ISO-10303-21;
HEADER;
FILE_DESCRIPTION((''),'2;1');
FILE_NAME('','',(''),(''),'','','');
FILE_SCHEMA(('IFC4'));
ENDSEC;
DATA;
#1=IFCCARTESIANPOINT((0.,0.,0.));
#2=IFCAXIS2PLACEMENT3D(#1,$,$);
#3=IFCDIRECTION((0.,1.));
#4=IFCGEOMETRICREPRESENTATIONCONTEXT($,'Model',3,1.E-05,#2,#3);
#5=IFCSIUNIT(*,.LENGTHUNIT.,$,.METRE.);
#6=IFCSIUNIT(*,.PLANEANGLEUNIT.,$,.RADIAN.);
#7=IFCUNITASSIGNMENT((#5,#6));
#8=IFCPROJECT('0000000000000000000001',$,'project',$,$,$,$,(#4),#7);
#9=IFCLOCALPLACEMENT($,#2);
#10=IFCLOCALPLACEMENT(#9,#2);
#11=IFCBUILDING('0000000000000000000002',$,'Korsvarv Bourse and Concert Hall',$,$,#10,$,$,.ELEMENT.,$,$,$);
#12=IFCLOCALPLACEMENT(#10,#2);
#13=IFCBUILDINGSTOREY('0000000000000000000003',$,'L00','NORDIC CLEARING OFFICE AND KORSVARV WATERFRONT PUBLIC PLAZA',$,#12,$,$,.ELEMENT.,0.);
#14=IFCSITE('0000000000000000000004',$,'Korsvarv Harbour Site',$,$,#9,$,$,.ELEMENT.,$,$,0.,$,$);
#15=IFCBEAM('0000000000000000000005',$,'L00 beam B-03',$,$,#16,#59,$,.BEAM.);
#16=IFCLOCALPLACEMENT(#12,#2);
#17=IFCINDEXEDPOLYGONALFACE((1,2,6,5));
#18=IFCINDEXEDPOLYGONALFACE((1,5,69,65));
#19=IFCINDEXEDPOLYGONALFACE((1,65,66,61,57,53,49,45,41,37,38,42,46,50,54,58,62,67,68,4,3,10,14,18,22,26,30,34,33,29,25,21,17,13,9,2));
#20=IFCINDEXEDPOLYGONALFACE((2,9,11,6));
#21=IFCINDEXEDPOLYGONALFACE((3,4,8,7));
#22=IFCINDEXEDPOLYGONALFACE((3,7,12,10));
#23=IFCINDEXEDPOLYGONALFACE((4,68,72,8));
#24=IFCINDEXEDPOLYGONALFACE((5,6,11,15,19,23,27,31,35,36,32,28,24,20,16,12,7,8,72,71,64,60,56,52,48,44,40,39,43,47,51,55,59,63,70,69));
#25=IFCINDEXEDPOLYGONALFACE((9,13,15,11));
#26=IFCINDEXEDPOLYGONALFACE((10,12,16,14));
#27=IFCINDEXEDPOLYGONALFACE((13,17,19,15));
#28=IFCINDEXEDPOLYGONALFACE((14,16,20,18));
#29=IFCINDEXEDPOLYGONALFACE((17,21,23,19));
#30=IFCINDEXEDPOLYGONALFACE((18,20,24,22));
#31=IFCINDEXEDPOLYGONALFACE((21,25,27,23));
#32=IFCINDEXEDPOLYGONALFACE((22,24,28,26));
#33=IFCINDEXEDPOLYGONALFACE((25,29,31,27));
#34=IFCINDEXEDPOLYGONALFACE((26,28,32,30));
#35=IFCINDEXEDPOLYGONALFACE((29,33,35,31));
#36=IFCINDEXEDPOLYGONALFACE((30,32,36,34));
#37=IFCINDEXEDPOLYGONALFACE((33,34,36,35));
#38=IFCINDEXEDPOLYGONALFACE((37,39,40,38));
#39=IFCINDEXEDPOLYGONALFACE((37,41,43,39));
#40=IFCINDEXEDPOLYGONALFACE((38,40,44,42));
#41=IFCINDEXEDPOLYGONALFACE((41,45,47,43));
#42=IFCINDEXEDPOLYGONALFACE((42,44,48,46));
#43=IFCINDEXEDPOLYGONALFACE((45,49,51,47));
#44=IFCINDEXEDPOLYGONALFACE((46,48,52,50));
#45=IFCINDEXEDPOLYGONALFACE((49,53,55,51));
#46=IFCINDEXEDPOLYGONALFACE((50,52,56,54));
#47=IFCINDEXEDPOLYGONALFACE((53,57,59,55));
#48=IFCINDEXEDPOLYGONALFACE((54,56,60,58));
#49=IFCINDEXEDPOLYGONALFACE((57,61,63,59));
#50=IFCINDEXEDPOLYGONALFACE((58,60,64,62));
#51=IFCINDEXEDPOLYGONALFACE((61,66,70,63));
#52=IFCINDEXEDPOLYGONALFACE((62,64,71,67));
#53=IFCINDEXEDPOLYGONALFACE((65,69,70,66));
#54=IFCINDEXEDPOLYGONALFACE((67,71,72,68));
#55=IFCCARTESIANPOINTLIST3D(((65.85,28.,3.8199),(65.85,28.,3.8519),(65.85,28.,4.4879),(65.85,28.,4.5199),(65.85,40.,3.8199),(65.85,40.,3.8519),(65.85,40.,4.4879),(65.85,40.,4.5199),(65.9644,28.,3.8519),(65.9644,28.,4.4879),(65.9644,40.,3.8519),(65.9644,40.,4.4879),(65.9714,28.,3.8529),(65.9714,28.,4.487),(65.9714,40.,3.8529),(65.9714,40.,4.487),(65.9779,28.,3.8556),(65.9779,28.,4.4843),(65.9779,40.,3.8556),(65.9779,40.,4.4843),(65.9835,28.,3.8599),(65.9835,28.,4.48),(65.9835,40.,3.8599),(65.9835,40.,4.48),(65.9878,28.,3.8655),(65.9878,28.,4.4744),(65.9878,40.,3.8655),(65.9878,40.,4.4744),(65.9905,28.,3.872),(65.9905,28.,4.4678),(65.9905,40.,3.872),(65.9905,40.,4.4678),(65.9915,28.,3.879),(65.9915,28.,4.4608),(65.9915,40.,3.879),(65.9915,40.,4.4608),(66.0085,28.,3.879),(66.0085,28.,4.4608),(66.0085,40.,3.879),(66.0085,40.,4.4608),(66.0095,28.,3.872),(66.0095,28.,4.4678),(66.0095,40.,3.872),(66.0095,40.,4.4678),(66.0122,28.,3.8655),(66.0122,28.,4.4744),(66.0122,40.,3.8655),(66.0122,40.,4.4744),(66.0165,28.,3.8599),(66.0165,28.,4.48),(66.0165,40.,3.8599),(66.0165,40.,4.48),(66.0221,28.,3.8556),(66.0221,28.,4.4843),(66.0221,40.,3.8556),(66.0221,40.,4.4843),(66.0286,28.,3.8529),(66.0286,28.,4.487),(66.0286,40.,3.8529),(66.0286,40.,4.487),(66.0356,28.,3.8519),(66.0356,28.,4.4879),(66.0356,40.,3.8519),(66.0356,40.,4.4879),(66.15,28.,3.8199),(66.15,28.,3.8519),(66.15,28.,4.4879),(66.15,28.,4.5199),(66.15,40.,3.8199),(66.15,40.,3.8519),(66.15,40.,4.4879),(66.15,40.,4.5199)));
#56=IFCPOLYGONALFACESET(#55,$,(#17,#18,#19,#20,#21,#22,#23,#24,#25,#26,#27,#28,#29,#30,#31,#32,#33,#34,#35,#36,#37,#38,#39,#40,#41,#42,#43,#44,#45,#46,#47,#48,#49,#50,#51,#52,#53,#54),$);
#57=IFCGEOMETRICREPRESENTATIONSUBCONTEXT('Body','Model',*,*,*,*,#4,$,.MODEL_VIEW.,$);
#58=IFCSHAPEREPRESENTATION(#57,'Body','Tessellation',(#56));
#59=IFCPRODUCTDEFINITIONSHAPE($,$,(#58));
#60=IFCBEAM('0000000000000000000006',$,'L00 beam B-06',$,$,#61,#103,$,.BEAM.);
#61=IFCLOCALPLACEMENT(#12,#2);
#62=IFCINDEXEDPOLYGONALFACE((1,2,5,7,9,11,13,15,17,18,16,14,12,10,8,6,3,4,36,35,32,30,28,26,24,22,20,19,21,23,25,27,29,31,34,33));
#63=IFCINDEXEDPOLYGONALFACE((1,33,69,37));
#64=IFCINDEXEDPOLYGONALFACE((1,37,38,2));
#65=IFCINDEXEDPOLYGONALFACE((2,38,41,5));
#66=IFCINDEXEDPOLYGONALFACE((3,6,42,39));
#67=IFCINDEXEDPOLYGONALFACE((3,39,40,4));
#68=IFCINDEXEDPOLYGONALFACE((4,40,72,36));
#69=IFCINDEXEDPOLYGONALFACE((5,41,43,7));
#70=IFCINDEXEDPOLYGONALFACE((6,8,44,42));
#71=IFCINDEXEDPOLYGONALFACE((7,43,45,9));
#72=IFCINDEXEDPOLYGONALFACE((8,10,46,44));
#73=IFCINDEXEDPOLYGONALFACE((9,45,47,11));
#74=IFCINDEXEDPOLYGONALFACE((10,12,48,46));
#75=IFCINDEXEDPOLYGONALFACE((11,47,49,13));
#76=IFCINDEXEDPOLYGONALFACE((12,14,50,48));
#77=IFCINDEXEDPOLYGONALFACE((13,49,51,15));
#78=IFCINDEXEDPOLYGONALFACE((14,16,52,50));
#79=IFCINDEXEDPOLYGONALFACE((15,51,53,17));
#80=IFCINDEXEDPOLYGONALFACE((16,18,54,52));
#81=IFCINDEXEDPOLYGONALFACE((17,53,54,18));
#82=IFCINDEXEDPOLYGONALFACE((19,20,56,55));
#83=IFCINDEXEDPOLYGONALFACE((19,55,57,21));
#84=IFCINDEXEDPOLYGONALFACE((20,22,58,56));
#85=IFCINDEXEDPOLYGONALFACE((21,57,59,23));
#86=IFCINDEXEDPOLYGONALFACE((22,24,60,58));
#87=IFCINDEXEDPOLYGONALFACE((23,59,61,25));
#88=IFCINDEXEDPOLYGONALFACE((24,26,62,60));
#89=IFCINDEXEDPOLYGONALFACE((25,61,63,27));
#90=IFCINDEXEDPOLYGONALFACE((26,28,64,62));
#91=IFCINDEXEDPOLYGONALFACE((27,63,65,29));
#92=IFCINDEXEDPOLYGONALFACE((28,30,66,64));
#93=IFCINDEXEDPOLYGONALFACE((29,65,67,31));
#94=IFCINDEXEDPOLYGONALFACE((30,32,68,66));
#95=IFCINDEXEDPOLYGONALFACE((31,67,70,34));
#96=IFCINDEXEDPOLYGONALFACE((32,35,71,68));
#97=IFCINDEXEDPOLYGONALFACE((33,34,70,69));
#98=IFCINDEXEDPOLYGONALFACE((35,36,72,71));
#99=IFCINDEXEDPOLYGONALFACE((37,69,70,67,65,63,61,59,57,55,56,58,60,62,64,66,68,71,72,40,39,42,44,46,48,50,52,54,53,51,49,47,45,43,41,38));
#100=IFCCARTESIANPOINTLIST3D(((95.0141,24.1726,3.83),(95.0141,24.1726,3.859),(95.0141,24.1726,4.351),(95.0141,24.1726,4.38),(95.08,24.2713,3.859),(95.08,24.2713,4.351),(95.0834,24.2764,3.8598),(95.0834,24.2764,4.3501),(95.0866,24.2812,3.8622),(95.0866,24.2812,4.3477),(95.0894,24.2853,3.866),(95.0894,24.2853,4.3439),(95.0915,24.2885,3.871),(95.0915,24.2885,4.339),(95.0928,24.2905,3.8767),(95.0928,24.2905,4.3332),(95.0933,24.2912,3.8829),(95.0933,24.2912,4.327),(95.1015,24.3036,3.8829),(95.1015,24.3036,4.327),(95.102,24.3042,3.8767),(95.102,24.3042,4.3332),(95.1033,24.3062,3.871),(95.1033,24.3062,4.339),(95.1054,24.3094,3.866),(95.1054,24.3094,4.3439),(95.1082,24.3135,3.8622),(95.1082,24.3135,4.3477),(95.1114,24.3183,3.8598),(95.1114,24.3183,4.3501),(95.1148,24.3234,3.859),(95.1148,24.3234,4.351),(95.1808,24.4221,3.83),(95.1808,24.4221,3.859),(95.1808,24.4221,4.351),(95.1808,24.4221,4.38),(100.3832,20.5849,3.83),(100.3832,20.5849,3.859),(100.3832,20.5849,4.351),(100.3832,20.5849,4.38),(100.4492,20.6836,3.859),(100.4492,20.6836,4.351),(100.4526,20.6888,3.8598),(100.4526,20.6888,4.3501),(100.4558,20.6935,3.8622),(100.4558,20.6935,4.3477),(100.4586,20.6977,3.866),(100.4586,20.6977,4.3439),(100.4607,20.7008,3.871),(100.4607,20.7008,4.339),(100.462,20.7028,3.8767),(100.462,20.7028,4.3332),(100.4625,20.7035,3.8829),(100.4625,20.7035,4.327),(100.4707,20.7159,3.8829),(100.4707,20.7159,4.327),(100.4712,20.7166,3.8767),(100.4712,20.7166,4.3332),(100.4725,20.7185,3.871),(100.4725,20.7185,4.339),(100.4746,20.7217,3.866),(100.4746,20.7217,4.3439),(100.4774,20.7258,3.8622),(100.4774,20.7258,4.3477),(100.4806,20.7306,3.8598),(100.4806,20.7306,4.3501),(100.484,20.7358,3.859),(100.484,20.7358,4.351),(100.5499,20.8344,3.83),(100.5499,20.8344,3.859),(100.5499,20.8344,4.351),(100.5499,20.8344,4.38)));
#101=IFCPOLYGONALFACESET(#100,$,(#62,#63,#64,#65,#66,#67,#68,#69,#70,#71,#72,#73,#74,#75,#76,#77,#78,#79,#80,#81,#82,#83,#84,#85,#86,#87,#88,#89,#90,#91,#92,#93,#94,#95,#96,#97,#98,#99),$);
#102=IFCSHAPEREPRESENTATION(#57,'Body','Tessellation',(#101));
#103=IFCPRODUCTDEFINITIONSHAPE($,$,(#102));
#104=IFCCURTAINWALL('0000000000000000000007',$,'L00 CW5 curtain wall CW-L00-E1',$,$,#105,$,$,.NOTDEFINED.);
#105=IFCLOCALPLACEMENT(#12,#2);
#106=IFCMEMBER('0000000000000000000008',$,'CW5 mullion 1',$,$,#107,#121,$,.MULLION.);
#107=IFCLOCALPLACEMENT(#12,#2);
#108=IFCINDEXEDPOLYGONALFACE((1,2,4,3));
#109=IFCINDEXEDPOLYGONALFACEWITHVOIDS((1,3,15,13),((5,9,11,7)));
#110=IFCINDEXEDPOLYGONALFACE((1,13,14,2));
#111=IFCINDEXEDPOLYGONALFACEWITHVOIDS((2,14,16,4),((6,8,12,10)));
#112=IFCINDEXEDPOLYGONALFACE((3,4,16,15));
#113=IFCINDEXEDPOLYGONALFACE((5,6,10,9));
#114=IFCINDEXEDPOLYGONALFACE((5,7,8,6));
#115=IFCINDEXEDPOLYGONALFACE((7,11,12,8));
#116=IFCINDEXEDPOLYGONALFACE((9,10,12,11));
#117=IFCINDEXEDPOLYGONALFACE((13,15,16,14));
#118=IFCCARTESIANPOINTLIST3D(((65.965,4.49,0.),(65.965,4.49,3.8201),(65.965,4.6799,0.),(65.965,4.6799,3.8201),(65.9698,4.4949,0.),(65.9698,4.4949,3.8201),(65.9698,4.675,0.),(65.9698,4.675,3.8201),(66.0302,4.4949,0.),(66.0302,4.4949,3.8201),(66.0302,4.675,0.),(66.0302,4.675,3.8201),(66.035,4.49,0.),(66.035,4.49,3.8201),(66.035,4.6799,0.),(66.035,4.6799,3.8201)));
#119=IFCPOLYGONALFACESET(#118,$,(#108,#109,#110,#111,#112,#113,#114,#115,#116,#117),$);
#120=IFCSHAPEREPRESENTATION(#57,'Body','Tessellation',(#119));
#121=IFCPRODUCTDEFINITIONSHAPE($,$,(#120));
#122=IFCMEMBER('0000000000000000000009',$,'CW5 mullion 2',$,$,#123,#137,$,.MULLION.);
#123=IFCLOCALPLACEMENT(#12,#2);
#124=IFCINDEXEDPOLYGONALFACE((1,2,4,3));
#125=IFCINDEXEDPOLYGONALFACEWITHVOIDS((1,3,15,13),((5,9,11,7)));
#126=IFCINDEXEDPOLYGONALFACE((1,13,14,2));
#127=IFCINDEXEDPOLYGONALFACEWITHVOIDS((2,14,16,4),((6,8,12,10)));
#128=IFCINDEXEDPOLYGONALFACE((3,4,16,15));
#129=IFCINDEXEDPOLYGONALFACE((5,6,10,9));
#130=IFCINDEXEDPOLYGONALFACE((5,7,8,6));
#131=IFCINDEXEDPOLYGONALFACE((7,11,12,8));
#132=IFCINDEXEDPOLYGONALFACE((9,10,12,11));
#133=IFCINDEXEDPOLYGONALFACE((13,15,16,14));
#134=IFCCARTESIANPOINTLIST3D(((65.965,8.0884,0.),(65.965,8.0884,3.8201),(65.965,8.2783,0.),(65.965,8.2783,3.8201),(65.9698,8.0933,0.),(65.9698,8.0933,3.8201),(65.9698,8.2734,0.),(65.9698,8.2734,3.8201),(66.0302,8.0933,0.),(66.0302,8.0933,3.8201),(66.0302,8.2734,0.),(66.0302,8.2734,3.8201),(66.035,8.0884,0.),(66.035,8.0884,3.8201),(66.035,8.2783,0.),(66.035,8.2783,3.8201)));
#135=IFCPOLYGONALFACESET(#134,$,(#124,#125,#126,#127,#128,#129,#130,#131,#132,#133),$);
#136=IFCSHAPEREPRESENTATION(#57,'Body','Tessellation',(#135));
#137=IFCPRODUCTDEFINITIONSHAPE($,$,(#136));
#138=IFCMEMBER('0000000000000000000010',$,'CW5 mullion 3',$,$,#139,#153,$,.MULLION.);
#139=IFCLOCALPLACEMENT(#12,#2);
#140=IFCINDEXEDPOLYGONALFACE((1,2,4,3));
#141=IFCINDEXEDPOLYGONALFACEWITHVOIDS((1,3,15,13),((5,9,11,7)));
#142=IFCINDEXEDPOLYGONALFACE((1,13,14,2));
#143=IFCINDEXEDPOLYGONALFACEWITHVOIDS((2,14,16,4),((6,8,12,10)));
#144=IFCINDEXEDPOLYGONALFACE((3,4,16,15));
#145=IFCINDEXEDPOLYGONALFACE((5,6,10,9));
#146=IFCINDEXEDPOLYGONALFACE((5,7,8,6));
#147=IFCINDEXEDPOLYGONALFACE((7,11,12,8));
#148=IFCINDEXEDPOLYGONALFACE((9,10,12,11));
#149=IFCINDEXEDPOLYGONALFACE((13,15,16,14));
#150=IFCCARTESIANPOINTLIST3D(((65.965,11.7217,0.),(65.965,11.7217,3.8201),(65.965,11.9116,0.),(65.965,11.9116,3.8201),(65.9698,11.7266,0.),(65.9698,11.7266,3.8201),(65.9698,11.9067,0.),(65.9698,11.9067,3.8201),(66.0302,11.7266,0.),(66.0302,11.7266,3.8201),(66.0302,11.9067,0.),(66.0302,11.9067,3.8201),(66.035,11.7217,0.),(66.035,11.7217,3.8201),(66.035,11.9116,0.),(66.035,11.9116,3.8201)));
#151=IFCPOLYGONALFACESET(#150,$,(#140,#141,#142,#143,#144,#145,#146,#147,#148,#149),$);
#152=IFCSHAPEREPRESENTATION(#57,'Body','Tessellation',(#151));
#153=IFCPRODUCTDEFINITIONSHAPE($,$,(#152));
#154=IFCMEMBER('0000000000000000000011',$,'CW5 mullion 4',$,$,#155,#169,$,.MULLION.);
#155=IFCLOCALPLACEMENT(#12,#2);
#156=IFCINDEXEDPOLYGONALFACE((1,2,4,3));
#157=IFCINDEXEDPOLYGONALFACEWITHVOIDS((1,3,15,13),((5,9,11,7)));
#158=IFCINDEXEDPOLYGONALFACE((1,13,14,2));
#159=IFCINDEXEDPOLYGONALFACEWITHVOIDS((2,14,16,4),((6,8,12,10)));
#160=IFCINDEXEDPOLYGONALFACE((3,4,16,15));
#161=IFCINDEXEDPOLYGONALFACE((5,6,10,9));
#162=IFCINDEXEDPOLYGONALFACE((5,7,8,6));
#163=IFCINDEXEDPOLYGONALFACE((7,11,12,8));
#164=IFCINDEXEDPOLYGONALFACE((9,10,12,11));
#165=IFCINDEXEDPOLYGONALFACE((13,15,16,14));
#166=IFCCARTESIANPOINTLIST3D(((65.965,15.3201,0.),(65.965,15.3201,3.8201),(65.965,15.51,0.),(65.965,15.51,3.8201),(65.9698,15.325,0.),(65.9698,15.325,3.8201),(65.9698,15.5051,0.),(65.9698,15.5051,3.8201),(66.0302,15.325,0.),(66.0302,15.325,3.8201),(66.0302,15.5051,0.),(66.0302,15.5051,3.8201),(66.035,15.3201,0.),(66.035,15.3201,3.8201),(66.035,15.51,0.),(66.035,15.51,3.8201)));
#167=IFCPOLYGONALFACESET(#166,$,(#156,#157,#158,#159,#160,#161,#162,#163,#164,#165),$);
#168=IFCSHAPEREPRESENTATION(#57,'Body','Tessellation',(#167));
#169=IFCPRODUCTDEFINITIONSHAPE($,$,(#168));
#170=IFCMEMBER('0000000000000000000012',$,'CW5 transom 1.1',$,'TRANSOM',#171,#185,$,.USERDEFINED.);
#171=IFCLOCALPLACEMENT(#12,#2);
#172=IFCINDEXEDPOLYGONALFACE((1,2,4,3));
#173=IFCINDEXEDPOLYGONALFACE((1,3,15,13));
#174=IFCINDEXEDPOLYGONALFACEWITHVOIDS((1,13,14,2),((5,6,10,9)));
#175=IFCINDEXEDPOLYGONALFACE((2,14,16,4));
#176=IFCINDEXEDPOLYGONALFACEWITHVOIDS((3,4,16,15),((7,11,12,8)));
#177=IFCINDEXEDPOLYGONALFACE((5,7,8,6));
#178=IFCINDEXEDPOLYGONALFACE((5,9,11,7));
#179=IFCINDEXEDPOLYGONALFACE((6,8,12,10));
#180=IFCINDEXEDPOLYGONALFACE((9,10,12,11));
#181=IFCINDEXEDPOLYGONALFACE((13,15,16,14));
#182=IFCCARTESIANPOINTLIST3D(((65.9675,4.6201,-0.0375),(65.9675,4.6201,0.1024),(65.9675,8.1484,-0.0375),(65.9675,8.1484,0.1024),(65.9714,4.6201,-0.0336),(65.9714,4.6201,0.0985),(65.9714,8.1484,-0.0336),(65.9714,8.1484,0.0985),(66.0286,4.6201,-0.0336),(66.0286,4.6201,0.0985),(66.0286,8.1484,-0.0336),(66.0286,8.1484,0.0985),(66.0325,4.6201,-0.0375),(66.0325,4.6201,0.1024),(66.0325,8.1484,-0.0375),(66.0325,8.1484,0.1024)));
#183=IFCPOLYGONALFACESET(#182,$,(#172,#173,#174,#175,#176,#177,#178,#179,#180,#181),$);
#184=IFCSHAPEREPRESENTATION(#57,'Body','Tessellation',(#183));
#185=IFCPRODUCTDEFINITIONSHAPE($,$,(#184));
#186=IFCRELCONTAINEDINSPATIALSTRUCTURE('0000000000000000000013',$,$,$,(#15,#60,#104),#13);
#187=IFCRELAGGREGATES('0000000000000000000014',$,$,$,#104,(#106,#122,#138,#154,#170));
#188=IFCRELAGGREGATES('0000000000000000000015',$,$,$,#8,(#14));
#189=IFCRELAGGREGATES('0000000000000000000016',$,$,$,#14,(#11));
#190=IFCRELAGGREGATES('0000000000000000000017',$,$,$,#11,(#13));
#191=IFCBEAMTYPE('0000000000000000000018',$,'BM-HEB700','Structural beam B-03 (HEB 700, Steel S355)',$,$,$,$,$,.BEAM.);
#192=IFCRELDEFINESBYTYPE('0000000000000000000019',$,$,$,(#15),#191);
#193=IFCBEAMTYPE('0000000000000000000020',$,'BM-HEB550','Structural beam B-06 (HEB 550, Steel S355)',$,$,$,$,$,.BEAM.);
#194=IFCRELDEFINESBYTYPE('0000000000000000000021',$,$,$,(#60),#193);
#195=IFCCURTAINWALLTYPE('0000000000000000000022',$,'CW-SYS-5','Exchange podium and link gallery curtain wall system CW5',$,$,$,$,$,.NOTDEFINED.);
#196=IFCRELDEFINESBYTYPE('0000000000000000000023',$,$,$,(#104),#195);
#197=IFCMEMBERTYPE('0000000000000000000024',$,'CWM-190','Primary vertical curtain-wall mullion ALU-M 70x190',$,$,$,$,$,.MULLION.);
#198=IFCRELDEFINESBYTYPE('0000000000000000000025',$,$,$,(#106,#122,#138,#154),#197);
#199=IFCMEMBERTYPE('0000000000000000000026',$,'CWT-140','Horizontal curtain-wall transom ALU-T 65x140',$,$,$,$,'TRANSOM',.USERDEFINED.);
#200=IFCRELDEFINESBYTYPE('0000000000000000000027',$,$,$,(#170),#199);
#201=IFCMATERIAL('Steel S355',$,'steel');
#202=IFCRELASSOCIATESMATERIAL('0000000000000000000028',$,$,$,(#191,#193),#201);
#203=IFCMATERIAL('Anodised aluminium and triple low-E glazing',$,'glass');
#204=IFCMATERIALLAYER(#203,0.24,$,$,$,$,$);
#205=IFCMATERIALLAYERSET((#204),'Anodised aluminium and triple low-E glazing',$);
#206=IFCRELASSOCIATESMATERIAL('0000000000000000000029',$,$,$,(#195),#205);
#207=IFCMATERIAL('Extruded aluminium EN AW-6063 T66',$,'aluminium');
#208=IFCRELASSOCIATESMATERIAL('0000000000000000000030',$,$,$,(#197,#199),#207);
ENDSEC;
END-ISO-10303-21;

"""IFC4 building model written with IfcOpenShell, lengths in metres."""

from ifc_helpers import new_model, si_unit, direction, frame, origin, origin_2d, place, context, subcontext, project, spatial, hollow_rectangle, i_section, extrude, source, transform, mapped, material, layer, layer_set, material_profile, profile_set, type_object, element, aggregate, save


model = new_model("IFC4")

# Units and contexts
model_context = context("Model", 3, precision=1e-05, world=origin(), true_north=direction((0.0, 1.0)))
body_context = subcontext(model_context, "Body", "Model", "MODEL_VIEW")
ifc_project = project(units=[si_unit("LENGTHUNIT", "METRE"), si_unit("PLANEANGLEUNIT", "RADIAN")], contexts=[model_context])

# Site, building, storey
site_placement = place(None, origin())
site = spatial("IfcSite", under=ifc_project, at=site_placement, Name="Korsvarv Harbour Site", CompositionType="ELEMENT", RefElevation=0.0)
building_placement = place(site_placement, origin())
building = spatial("IfcBuilding", under=site, at=building_placement, Name="Korsvarv Bourse and Concert Hall", CompositionType="ELEMENT")
storey_placement = place(building_placement, origin())
storey = spatial("IfcBuildingStorey", under=building, at=storey_placement, Name="L00", Description="NORDIC CLEARING OFFICE AND KORSVARV WATERFRONT PUBLIC PLAZA", CompositionType="ELEMENT", Elevation=0.0)

# Beams
ifc_material_1 = material(Name="Steel S355", Category="steel")
ifc_material_profile_1 = material_profile(ifc_material_1, i_section(OverallWidth=0.3, OverallDepth=0.7, WebThickness=0.0171, FlangeThickness=0.032, FilletRadius=0.0271, at=origin_2d()), Name="HEB 700")
ifc_profile_set_1 = profile_set([ifc_material_profile_1], Name="Steel S355")
beam_type_1 = type_object("IfcBeamType", Name="BM-HEB700", Description="Structural beam B-03 (HEB 700, Steel S355)", PredefinedType="BEAM", material=ifc_profile_set_1)
shared_shape_1 = source(origin(), body_context, "Body", "SweptSolid", [
    extrude(i_section(OverallWidth=0.3, OverallDepth=0.7, WebThickness=0.0171, FlangeThickness=0.032, FilletRadius=0.0271, at=origin_2d()), origin(), (0.0, 0.0, 1.0), 12.0),
])
for number, where, z_axis, x_axis, name in (
    (1, (66.0, 28.0, 4.1699), (0.0, 1.0, 0.0), (-1.0, 0.0, 0.0), "L00 beam B-03"),
):
    element("IfcBeam", number, at=place(storey_placement, frame(where, z_axis=z_axis, x_axis=x_axis)), inside=storey, type_object=beam_type_1, Name=name, PredefinedType="BEAM", context=body_context, shape_type="MappedRepresentation", body=[
        mapped(shared_shape_1, transform((0.0, 0.0, 0.0), scale=1.0)),
    ])
ifc_material_profile_2 = material_profile(ifc_material_1, i_section(OverallWidth=0.3, OverallDepth=0.55, WebThickness=0.0149, FlangeThickness=0.0291, FilletRadius=0.0239, at=origin_2d()), Name="HEB 550")
ifc_profile_set_2 = profile_set([ifc_material_profile_2], Name="Steel S355")
beam_type_2 = type_object("IfcBeamType", Name="BM-HEB550", Description="Structural beam B-06 (HEB 550, Steel S355)", PredefinedType="BEAM", material=ifc_profile_set_2)
shared_shape_2 = source(origin(), body_context, "Body", "SweptSolid", [
    extrude(i_section(OverallWidth=0.3, OverallDepth=0.55, WebThickness=0.0149, FlangeThickness=0.0291, FilletRadius=0.0239, at=origin_2d()), origin(), (0.0, 0.0, 1.0), 6.4575),
])
beam_placement = place(storey_placement, frame((95.0974, 24.2974, 4.105), z_axis=(0.831462, -0.555581, 0.0), x_axis=(0.555581, 0.831462, 0.0)))
element("IfcBeam", 2, at=beam_placement, inside=storey, type_object=beam_type_2, Name="L00 beam B-06", PredefinedType="BEAM", context=body_context, shape_type="MappedRepresentation", body=[
    mapped(shared_shape_2, transform((0.0, 0.0, 0.0), scale=1.0)),
])

# Curtain wall, members
ifc_material_2 = material(Name="Anodised aluminium and triple low-E glazing", Category="glass")
ifc_layer_1 = layer(ifc_material_2, 0.24)
ifc_layer_set_1 = layer_set([ifc_layer_1], Name="Anodised aluminium and triple low-E glazing")
curtain_wall_type_1 = type_object("IfcCurtainWallType", Name="CW-SYS-5", Description="Exchange podium and link gallery curtain wall system CW5", PredefinedType="NOTDEFINED", material=ifc_layer_set_1)
curtain_wall_1_placement = place(storey_placement, origin())
curtain_wall_1 = element("IfcCurtainWall", 3, at=curtain_wall_1_placement, inside=storey, type_object=curtain_wall_type_1, Name="L00 CW5 curtain wall CW-L00-E1", PredefinedType="NOTDEFINED")
ifc_material_3 = material(Name="Extruded aluminium EN AW-6063 T66", Category="aluminium")
ifc_material_profile_3 = material_profile(ifc_material_3, hollow_rectangle(XDim=0.0701, YDim=0.1899, WallThickness=0.0049, at=origin_2d()), Name="ALU-M 70x190")
ifc_profile_set_3 = profile_set([ifc_material_profile_3], Name="Extruded aluminium EN AW-6063 T66")
member_type_1 = type_object("IfcMemberType", Name="CWM-190", Description="Primary vertical curtain-wall mullion ALU-M 70x190", PredefinedType="MULLION", material=ifc_profile_set_3)
shared_shape_3 = source(origin(), body_context, "Body", "SweptSolid", [
    extrude(hollow_rectangle(XDim=0.0701, YDim=0.1899, WallThickness=0.0049, at=origin_2d()), origin(), (0.0, 0.0, 1.0), 3.8201),
])
member_1_placement = place(storey_placement, frame((66.0, 4.585, 0.0), z_axis=(0.0, 0.0, 1.0), x_axis=(-1.0, 0.0, 0.0)))
member_1 = element("IfcMember", 4, at=member_1_placement, type_object=member_type_1, Name="CW5 mullion 1", PredefinedType="MULLION", context=body_context, shape_type="MappedRepresentation", body=[
    mapped(shared_shape_3, transform((0.0, 0.0, 0.0), scale=1.0)),
])
member_2_placement = place(storey_placement, frame((66.0, 8.1833, 0.0), z_axis=(0.0, 0.0, 1.0), x_axis=(-1.0, 0.0, 0.0)))
member_2 = element("IfcMember", 5, at=member_2_placement, type_object=member_type_1, Name="CW5 mullion 2", PredefinedType="MULLION", context=body_context, shape_type="MappedRepresentation", body=[
    mapped(shared_shape_3, transform((0.0, 0.0, 0.0), scale=1.0)),
])
member_3_placement = place(storey_placement, frame((66.0, 11.8167, 0.0), z_axis=(0.0, 0.0, 1.0), x_axis=(-1.0, 0.0, 0.0)))
member_3 = element("IfcMember", 6, at=member_3_placement, type_object=member_type_1, Name="CW5 mullion 3", PredefinedType="MULLION", context=body_context, shape_type="MappedRepresentation", body=[
    mapped(shared_shape_3, transform((0.0, 0.0, 0.0), scale=1.0)),
])
member_4_placement = place(storey_placement, frame((66.0, 15.415, 0.0), z_axis=(0.0, 0.0, 1.0), x_axis=(-1.0, 0.0, 0.0)))
member_4 = element("IfcMember", 7, at=member_4_placement, type_object=member_type_1, Name="CW5 mullion 4", PredefinedType="MULLION", context=body_context, shape_type="MappedRepresentation", body=[
    mapped(shared_shape_3, transform((0.0, 0.0, 0.0), scale=1.0)),
])
ifc_material_profile_4 = material_profile(ifc_material_3, hollow_rectangle(XDim=0.0649, YDim=0.1399, WallThickness=0.0039, at=origin_2d()), Name="ALU-T 65x140")
ifc_profile_set_4 = profile_set([ifc_material_profile_4], Name="Extruded aluminium EN AW-6063 T66")
member_type_2 = type_object("IfcMemberType", Name="CWT-140", Description="Horizontal curtain-wall transom ALU-T 65x140", ElementType="TRANSOM", PredefinedType="USERDEFINED", material=ifc_profile_set_4)
shared_shape_4 = source(origin(), body_context, "Body", "SweptSolid", [
    extrude(hollow_rectangle(XDim=0.0649, YDim=0.1399, WallThickness=0.0039, at=origin_2d()), origin(), (0.0, 0.0, 1.0), 3.5283),
])
member_5_placement = place(storey_placement, frame((66.0, 4.6201, 0.0325), z_axis=(0.0, 1.0, 0.0), x_axis=(-1.0, 0.0, 0.0)))
member_5 = element("IfcMember", 8, at=member_5_placement, type_object=member_type_2, Name="CW5 transom 1.1", ObjectType="TRANSOM", PredefinedType="USERDEFINED", context=body_context, shape_type="MappedRepresentation", body=[
    mapped(shared_shape_4, transform((0.0, 0.0, 0.0), scale=1.0)),
])

aggregate(curtain_wall_1, [member_1, member_2, member_3, member_4, member_5])

save(model, "model.ifc")
